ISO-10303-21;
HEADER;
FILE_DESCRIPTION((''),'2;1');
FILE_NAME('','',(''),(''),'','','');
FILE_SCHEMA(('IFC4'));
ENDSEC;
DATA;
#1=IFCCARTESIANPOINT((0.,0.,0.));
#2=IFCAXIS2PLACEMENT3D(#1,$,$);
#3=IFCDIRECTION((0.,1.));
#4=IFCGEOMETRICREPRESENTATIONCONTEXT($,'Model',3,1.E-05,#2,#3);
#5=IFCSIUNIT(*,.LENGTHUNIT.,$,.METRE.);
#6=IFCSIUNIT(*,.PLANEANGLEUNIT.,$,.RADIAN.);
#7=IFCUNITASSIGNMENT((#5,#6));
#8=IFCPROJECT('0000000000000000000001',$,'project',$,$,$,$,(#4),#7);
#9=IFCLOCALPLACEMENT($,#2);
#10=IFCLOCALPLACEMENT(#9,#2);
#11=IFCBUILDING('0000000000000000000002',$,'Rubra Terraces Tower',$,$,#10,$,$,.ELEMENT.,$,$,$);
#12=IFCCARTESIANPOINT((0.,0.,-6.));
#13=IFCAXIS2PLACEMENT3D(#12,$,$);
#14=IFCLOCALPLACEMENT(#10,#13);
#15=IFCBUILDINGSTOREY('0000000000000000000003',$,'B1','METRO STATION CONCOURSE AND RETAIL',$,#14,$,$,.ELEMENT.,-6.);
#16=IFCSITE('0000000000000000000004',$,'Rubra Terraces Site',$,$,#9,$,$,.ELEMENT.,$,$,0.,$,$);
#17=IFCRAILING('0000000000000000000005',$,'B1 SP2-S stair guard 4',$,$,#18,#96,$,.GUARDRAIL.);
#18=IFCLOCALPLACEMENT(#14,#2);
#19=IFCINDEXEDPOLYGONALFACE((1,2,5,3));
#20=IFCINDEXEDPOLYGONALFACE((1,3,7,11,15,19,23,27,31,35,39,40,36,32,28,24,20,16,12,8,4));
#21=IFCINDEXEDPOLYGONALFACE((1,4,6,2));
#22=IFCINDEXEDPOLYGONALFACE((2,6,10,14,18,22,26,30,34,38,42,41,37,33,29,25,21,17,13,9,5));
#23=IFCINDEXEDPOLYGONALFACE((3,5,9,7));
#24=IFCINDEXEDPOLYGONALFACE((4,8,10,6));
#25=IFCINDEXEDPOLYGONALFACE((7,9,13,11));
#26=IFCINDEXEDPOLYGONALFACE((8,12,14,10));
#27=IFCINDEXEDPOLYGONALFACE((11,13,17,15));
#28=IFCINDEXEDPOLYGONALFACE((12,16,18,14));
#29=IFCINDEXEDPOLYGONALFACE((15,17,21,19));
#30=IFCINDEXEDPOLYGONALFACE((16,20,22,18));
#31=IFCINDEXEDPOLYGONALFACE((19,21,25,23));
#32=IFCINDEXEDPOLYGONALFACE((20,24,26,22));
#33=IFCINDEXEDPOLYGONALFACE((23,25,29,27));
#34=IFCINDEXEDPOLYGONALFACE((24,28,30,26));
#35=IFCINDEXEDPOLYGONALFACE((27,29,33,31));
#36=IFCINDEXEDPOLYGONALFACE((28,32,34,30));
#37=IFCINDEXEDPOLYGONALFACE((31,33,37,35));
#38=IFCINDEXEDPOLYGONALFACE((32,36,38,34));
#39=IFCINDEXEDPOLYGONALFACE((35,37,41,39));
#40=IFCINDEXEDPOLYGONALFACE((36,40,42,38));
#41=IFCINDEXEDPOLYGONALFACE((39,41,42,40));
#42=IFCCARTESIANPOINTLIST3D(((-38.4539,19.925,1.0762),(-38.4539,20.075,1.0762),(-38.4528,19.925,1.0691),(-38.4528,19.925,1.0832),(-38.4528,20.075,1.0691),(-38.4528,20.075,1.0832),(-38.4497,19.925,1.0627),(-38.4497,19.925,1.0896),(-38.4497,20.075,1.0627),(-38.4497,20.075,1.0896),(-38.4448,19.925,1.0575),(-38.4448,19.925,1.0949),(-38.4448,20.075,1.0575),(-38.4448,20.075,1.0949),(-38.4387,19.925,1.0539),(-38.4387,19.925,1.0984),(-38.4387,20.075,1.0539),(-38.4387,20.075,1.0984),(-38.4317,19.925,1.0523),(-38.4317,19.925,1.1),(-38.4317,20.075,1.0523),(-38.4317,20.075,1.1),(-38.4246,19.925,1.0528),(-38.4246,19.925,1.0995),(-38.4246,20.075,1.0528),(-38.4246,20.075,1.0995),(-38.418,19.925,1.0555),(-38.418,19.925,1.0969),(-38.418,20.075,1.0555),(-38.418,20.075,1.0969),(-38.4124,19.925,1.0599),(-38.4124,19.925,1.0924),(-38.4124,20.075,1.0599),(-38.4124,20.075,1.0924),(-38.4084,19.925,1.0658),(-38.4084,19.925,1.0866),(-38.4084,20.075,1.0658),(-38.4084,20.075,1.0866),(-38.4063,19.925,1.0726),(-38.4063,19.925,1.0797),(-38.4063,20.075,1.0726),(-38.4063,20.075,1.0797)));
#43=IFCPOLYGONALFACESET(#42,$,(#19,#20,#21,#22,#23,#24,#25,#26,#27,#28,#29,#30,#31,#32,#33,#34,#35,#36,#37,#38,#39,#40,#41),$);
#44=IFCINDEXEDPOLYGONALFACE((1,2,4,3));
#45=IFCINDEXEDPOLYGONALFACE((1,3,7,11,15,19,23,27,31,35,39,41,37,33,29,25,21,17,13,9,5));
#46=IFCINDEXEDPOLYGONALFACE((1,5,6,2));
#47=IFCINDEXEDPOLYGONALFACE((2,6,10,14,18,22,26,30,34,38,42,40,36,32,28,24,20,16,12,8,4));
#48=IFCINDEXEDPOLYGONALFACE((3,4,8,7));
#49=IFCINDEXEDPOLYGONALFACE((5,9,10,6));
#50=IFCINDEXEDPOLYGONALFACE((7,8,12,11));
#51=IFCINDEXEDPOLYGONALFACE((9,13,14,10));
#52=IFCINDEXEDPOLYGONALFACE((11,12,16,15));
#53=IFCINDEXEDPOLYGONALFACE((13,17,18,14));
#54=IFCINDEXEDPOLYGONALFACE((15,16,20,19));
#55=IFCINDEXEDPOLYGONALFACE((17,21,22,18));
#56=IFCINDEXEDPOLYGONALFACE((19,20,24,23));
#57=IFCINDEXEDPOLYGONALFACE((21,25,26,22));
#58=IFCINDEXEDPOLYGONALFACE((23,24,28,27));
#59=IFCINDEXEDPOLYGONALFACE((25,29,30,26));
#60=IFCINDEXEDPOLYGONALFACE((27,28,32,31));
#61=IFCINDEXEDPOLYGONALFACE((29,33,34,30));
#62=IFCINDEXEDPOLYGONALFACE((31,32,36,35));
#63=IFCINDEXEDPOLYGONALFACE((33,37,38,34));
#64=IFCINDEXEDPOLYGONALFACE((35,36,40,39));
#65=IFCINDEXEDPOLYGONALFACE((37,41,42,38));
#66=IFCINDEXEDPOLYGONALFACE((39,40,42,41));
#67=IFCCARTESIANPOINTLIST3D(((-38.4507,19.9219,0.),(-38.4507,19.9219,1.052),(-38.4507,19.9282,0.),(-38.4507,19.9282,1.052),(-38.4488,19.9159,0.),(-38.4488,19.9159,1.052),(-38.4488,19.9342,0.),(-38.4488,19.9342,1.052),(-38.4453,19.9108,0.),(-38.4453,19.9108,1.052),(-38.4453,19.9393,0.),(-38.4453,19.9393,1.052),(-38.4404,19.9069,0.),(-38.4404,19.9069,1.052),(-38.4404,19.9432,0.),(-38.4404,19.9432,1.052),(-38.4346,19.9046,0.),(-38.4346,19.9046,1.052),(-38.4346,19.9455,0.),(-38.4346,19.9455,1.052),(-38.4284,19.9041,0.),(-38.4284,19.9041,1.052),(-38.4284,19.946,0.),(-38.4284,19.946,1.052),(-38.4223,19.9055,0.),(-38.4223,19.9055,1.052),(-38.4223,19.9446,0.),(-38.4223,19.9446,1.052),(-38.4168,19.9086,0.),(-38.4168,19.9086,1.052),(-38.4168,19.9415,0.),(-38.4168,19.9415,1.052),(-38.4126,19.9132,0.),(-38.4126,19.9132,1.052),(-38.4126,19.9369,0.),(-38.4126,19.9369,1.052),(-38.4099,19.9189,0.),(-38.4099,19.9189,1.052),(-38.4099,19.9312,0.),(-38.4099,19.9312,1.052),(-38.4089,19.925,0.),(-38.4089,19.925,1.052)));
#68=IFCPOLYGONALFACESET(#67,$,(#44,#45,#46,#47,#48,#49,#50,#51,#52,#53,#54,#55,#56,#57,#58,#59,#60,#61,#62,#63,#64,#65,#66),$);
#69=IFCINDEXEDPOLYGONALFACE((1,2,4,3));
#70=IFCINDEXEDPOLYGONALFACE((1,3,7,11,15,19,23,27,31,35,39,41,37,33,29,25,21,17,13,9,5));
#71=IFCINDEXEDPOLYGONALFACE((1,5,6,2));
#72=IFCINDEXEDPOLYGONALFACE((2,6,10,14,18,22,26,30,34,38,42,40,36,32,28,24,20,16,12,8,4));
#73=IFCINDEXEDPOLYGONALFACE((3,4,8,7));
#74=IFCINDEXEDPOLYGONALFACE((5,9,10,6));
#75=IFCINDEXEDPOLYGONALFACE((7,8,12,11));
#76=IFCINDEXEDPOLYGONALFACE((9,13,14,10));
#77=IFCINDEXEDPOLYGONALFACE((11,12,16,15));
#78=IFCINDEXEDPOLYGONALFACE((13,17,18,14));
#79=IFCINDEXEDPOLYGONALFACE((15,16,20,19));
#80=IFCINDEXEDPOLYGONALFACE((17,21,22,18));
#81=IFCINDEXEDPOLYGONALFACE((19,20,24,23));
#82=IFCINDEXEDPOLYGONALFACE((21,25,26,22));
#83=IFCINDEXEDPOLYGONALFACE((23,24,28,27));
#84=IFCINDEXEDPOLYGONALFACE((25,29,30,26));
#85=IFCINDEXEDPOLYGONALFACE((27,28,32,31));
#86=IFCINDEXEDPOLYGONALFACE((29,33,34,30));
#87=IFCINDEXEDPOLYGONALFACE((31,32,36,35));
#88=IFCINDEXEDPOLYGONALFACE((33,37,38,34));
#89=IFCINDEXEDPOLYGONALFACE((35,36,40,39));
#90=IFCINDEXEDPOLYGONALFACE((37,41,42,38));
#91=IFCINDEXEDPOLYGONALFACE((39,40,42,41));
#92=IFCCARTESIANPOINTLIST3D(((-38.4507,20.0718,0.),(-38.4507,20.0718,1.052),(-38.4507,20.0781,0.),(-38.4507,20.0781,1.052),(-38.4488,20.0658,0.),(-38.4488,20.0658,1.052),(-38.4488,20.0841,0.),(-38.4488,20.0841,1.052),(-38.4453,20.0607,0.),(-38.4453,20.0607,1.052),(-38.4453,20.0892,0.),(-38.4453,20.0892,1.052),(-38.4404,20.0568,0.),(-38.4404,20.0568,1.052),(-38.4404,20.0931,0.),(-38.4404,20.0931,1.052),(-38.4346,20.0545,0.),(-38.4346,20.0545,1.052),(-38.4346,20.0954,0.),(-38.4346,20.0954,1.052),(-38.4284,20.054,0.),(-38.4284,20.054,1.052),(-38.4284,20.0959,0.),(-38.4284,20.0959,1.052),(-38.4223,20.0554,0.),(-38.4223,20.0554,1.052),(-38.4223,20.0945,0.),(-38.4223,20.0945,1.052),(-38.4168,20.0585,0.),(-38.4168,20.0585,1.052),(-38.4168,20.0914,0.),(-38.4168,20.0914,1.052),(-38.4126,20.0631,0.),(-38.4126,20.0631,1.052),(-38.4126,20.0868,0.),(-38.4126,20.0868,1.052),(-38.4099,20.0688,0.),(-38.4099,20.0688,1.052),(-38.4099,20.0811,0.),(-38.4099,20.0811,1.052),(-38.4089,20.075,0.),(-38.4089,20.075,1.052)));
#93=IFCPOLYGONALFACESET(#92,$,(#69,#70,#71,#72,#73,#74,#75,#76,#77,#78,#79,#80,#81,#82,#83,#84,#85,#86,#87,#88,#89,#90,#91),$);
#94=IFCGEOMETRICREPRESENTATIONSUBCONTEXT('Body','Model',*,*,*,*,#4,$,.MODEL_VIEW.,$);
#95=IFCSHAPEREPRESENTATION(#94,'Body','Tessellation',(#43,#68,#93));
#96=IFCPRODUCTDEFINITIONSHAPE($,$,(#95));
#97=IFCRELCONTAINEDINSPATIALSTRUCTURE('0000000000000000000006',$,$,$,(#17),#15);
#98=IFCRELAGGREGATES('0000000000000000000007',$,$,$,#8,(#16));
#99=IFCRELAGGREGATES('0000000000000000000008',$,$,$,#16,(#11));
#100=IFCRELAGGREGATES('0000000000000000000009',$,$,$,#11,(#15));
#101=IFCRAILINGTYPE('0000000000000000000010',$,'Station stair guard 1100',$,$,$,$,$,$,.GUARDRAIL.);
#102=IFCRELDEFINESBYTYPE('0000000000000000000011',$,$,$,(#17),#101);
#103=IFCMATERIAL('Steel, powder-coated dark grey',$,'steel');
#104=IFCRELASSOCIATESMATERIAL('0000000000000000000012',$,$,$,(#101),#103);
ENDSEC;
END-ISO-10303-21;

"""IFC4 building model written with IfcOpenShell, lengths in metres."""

from ifc_helpers import new_model, si_unit, direction, frame, origin, origin_2d, place, context, subcontext, project, spatial, circle, extrude, material, type_object, element, save


model = new_model("IFC4")

# Units and contexts
model_context = context("Model", 3, precision=1e-05, world=origin(), true_north=direction((0.0, 1.0)))
body_context = subcontext(model_context, "Body", "Model", "MODEL_VIEW")
ifc_project = project(units=[si_unit("LENGTHUNIT", "METRE"), si_unit("PLANEANGLEUNIT", "RADIAN")], contexts=[model_context])

# Site, building, storey
site_placement = place(None, origin())
site = spatial("IfcSite", under=ifc_project, at=site_placement, Name="Rubra Terraces Site", CompositionType="ELEMENT", RefElevation=0.0)
building_placement = place(site_placement, origin())
building = spatial("IfcBuilding", under=site, at=building_placement, Name="Rubra Terraces Tower", CompositionType="ELEMENT")
storey_placement = place(building_placement, frame((0.0, 0.0, -6.0)))
storey = spatial("IfcBuildingStorey", under=building, at=storey_placement, Name="B1", Description="METRO STATION CONCOURSE AND RETAIL", CompositionType="ELEMENT", Elevation=-6.0)

# Railing
ifc_material_1 = material(Name="Steel, powder-coated dark grey", Category="steel")
railing_type_1 = type_object("IfcRailingType", Name="Station stair guard 1100", PredefinedType="GUARDRAIL", material=ifc_material_1)
railing_1_placement = place(storey_placement, frame((-38.4299, 19.925, 0.0)))
element("IfcRailing", 1, at=railing_1_placement, inside=storey, type_object=railing_type_1, Name="B1 SP2-S stair guard 4", PredefinedType="GUARDRAIL", context=body_context, shape_type="SweptSolid", body=[
    extrude(circle(Radius=0.0239, at=origin_2d()), frame((0.0, 0.0, 1.0762), z_axis=(0.0, 1.0, 0.0), x_axis=(-1.0, 0.0, 0.0)), (0.0, 0.0, 1.0), 0.1499),
    extrude(circle(Radius=0.021, at=origin_2d()), origin(), (0.0, 0.0, 1.0), 1.052),
    extrude(circle(Radius=0.021, at=origin_2d()), frame((0.0, 0.1499, 0.0)), (0.0, 0.0, 1.0), 1.052),
])

save(model, "model.ifc")
